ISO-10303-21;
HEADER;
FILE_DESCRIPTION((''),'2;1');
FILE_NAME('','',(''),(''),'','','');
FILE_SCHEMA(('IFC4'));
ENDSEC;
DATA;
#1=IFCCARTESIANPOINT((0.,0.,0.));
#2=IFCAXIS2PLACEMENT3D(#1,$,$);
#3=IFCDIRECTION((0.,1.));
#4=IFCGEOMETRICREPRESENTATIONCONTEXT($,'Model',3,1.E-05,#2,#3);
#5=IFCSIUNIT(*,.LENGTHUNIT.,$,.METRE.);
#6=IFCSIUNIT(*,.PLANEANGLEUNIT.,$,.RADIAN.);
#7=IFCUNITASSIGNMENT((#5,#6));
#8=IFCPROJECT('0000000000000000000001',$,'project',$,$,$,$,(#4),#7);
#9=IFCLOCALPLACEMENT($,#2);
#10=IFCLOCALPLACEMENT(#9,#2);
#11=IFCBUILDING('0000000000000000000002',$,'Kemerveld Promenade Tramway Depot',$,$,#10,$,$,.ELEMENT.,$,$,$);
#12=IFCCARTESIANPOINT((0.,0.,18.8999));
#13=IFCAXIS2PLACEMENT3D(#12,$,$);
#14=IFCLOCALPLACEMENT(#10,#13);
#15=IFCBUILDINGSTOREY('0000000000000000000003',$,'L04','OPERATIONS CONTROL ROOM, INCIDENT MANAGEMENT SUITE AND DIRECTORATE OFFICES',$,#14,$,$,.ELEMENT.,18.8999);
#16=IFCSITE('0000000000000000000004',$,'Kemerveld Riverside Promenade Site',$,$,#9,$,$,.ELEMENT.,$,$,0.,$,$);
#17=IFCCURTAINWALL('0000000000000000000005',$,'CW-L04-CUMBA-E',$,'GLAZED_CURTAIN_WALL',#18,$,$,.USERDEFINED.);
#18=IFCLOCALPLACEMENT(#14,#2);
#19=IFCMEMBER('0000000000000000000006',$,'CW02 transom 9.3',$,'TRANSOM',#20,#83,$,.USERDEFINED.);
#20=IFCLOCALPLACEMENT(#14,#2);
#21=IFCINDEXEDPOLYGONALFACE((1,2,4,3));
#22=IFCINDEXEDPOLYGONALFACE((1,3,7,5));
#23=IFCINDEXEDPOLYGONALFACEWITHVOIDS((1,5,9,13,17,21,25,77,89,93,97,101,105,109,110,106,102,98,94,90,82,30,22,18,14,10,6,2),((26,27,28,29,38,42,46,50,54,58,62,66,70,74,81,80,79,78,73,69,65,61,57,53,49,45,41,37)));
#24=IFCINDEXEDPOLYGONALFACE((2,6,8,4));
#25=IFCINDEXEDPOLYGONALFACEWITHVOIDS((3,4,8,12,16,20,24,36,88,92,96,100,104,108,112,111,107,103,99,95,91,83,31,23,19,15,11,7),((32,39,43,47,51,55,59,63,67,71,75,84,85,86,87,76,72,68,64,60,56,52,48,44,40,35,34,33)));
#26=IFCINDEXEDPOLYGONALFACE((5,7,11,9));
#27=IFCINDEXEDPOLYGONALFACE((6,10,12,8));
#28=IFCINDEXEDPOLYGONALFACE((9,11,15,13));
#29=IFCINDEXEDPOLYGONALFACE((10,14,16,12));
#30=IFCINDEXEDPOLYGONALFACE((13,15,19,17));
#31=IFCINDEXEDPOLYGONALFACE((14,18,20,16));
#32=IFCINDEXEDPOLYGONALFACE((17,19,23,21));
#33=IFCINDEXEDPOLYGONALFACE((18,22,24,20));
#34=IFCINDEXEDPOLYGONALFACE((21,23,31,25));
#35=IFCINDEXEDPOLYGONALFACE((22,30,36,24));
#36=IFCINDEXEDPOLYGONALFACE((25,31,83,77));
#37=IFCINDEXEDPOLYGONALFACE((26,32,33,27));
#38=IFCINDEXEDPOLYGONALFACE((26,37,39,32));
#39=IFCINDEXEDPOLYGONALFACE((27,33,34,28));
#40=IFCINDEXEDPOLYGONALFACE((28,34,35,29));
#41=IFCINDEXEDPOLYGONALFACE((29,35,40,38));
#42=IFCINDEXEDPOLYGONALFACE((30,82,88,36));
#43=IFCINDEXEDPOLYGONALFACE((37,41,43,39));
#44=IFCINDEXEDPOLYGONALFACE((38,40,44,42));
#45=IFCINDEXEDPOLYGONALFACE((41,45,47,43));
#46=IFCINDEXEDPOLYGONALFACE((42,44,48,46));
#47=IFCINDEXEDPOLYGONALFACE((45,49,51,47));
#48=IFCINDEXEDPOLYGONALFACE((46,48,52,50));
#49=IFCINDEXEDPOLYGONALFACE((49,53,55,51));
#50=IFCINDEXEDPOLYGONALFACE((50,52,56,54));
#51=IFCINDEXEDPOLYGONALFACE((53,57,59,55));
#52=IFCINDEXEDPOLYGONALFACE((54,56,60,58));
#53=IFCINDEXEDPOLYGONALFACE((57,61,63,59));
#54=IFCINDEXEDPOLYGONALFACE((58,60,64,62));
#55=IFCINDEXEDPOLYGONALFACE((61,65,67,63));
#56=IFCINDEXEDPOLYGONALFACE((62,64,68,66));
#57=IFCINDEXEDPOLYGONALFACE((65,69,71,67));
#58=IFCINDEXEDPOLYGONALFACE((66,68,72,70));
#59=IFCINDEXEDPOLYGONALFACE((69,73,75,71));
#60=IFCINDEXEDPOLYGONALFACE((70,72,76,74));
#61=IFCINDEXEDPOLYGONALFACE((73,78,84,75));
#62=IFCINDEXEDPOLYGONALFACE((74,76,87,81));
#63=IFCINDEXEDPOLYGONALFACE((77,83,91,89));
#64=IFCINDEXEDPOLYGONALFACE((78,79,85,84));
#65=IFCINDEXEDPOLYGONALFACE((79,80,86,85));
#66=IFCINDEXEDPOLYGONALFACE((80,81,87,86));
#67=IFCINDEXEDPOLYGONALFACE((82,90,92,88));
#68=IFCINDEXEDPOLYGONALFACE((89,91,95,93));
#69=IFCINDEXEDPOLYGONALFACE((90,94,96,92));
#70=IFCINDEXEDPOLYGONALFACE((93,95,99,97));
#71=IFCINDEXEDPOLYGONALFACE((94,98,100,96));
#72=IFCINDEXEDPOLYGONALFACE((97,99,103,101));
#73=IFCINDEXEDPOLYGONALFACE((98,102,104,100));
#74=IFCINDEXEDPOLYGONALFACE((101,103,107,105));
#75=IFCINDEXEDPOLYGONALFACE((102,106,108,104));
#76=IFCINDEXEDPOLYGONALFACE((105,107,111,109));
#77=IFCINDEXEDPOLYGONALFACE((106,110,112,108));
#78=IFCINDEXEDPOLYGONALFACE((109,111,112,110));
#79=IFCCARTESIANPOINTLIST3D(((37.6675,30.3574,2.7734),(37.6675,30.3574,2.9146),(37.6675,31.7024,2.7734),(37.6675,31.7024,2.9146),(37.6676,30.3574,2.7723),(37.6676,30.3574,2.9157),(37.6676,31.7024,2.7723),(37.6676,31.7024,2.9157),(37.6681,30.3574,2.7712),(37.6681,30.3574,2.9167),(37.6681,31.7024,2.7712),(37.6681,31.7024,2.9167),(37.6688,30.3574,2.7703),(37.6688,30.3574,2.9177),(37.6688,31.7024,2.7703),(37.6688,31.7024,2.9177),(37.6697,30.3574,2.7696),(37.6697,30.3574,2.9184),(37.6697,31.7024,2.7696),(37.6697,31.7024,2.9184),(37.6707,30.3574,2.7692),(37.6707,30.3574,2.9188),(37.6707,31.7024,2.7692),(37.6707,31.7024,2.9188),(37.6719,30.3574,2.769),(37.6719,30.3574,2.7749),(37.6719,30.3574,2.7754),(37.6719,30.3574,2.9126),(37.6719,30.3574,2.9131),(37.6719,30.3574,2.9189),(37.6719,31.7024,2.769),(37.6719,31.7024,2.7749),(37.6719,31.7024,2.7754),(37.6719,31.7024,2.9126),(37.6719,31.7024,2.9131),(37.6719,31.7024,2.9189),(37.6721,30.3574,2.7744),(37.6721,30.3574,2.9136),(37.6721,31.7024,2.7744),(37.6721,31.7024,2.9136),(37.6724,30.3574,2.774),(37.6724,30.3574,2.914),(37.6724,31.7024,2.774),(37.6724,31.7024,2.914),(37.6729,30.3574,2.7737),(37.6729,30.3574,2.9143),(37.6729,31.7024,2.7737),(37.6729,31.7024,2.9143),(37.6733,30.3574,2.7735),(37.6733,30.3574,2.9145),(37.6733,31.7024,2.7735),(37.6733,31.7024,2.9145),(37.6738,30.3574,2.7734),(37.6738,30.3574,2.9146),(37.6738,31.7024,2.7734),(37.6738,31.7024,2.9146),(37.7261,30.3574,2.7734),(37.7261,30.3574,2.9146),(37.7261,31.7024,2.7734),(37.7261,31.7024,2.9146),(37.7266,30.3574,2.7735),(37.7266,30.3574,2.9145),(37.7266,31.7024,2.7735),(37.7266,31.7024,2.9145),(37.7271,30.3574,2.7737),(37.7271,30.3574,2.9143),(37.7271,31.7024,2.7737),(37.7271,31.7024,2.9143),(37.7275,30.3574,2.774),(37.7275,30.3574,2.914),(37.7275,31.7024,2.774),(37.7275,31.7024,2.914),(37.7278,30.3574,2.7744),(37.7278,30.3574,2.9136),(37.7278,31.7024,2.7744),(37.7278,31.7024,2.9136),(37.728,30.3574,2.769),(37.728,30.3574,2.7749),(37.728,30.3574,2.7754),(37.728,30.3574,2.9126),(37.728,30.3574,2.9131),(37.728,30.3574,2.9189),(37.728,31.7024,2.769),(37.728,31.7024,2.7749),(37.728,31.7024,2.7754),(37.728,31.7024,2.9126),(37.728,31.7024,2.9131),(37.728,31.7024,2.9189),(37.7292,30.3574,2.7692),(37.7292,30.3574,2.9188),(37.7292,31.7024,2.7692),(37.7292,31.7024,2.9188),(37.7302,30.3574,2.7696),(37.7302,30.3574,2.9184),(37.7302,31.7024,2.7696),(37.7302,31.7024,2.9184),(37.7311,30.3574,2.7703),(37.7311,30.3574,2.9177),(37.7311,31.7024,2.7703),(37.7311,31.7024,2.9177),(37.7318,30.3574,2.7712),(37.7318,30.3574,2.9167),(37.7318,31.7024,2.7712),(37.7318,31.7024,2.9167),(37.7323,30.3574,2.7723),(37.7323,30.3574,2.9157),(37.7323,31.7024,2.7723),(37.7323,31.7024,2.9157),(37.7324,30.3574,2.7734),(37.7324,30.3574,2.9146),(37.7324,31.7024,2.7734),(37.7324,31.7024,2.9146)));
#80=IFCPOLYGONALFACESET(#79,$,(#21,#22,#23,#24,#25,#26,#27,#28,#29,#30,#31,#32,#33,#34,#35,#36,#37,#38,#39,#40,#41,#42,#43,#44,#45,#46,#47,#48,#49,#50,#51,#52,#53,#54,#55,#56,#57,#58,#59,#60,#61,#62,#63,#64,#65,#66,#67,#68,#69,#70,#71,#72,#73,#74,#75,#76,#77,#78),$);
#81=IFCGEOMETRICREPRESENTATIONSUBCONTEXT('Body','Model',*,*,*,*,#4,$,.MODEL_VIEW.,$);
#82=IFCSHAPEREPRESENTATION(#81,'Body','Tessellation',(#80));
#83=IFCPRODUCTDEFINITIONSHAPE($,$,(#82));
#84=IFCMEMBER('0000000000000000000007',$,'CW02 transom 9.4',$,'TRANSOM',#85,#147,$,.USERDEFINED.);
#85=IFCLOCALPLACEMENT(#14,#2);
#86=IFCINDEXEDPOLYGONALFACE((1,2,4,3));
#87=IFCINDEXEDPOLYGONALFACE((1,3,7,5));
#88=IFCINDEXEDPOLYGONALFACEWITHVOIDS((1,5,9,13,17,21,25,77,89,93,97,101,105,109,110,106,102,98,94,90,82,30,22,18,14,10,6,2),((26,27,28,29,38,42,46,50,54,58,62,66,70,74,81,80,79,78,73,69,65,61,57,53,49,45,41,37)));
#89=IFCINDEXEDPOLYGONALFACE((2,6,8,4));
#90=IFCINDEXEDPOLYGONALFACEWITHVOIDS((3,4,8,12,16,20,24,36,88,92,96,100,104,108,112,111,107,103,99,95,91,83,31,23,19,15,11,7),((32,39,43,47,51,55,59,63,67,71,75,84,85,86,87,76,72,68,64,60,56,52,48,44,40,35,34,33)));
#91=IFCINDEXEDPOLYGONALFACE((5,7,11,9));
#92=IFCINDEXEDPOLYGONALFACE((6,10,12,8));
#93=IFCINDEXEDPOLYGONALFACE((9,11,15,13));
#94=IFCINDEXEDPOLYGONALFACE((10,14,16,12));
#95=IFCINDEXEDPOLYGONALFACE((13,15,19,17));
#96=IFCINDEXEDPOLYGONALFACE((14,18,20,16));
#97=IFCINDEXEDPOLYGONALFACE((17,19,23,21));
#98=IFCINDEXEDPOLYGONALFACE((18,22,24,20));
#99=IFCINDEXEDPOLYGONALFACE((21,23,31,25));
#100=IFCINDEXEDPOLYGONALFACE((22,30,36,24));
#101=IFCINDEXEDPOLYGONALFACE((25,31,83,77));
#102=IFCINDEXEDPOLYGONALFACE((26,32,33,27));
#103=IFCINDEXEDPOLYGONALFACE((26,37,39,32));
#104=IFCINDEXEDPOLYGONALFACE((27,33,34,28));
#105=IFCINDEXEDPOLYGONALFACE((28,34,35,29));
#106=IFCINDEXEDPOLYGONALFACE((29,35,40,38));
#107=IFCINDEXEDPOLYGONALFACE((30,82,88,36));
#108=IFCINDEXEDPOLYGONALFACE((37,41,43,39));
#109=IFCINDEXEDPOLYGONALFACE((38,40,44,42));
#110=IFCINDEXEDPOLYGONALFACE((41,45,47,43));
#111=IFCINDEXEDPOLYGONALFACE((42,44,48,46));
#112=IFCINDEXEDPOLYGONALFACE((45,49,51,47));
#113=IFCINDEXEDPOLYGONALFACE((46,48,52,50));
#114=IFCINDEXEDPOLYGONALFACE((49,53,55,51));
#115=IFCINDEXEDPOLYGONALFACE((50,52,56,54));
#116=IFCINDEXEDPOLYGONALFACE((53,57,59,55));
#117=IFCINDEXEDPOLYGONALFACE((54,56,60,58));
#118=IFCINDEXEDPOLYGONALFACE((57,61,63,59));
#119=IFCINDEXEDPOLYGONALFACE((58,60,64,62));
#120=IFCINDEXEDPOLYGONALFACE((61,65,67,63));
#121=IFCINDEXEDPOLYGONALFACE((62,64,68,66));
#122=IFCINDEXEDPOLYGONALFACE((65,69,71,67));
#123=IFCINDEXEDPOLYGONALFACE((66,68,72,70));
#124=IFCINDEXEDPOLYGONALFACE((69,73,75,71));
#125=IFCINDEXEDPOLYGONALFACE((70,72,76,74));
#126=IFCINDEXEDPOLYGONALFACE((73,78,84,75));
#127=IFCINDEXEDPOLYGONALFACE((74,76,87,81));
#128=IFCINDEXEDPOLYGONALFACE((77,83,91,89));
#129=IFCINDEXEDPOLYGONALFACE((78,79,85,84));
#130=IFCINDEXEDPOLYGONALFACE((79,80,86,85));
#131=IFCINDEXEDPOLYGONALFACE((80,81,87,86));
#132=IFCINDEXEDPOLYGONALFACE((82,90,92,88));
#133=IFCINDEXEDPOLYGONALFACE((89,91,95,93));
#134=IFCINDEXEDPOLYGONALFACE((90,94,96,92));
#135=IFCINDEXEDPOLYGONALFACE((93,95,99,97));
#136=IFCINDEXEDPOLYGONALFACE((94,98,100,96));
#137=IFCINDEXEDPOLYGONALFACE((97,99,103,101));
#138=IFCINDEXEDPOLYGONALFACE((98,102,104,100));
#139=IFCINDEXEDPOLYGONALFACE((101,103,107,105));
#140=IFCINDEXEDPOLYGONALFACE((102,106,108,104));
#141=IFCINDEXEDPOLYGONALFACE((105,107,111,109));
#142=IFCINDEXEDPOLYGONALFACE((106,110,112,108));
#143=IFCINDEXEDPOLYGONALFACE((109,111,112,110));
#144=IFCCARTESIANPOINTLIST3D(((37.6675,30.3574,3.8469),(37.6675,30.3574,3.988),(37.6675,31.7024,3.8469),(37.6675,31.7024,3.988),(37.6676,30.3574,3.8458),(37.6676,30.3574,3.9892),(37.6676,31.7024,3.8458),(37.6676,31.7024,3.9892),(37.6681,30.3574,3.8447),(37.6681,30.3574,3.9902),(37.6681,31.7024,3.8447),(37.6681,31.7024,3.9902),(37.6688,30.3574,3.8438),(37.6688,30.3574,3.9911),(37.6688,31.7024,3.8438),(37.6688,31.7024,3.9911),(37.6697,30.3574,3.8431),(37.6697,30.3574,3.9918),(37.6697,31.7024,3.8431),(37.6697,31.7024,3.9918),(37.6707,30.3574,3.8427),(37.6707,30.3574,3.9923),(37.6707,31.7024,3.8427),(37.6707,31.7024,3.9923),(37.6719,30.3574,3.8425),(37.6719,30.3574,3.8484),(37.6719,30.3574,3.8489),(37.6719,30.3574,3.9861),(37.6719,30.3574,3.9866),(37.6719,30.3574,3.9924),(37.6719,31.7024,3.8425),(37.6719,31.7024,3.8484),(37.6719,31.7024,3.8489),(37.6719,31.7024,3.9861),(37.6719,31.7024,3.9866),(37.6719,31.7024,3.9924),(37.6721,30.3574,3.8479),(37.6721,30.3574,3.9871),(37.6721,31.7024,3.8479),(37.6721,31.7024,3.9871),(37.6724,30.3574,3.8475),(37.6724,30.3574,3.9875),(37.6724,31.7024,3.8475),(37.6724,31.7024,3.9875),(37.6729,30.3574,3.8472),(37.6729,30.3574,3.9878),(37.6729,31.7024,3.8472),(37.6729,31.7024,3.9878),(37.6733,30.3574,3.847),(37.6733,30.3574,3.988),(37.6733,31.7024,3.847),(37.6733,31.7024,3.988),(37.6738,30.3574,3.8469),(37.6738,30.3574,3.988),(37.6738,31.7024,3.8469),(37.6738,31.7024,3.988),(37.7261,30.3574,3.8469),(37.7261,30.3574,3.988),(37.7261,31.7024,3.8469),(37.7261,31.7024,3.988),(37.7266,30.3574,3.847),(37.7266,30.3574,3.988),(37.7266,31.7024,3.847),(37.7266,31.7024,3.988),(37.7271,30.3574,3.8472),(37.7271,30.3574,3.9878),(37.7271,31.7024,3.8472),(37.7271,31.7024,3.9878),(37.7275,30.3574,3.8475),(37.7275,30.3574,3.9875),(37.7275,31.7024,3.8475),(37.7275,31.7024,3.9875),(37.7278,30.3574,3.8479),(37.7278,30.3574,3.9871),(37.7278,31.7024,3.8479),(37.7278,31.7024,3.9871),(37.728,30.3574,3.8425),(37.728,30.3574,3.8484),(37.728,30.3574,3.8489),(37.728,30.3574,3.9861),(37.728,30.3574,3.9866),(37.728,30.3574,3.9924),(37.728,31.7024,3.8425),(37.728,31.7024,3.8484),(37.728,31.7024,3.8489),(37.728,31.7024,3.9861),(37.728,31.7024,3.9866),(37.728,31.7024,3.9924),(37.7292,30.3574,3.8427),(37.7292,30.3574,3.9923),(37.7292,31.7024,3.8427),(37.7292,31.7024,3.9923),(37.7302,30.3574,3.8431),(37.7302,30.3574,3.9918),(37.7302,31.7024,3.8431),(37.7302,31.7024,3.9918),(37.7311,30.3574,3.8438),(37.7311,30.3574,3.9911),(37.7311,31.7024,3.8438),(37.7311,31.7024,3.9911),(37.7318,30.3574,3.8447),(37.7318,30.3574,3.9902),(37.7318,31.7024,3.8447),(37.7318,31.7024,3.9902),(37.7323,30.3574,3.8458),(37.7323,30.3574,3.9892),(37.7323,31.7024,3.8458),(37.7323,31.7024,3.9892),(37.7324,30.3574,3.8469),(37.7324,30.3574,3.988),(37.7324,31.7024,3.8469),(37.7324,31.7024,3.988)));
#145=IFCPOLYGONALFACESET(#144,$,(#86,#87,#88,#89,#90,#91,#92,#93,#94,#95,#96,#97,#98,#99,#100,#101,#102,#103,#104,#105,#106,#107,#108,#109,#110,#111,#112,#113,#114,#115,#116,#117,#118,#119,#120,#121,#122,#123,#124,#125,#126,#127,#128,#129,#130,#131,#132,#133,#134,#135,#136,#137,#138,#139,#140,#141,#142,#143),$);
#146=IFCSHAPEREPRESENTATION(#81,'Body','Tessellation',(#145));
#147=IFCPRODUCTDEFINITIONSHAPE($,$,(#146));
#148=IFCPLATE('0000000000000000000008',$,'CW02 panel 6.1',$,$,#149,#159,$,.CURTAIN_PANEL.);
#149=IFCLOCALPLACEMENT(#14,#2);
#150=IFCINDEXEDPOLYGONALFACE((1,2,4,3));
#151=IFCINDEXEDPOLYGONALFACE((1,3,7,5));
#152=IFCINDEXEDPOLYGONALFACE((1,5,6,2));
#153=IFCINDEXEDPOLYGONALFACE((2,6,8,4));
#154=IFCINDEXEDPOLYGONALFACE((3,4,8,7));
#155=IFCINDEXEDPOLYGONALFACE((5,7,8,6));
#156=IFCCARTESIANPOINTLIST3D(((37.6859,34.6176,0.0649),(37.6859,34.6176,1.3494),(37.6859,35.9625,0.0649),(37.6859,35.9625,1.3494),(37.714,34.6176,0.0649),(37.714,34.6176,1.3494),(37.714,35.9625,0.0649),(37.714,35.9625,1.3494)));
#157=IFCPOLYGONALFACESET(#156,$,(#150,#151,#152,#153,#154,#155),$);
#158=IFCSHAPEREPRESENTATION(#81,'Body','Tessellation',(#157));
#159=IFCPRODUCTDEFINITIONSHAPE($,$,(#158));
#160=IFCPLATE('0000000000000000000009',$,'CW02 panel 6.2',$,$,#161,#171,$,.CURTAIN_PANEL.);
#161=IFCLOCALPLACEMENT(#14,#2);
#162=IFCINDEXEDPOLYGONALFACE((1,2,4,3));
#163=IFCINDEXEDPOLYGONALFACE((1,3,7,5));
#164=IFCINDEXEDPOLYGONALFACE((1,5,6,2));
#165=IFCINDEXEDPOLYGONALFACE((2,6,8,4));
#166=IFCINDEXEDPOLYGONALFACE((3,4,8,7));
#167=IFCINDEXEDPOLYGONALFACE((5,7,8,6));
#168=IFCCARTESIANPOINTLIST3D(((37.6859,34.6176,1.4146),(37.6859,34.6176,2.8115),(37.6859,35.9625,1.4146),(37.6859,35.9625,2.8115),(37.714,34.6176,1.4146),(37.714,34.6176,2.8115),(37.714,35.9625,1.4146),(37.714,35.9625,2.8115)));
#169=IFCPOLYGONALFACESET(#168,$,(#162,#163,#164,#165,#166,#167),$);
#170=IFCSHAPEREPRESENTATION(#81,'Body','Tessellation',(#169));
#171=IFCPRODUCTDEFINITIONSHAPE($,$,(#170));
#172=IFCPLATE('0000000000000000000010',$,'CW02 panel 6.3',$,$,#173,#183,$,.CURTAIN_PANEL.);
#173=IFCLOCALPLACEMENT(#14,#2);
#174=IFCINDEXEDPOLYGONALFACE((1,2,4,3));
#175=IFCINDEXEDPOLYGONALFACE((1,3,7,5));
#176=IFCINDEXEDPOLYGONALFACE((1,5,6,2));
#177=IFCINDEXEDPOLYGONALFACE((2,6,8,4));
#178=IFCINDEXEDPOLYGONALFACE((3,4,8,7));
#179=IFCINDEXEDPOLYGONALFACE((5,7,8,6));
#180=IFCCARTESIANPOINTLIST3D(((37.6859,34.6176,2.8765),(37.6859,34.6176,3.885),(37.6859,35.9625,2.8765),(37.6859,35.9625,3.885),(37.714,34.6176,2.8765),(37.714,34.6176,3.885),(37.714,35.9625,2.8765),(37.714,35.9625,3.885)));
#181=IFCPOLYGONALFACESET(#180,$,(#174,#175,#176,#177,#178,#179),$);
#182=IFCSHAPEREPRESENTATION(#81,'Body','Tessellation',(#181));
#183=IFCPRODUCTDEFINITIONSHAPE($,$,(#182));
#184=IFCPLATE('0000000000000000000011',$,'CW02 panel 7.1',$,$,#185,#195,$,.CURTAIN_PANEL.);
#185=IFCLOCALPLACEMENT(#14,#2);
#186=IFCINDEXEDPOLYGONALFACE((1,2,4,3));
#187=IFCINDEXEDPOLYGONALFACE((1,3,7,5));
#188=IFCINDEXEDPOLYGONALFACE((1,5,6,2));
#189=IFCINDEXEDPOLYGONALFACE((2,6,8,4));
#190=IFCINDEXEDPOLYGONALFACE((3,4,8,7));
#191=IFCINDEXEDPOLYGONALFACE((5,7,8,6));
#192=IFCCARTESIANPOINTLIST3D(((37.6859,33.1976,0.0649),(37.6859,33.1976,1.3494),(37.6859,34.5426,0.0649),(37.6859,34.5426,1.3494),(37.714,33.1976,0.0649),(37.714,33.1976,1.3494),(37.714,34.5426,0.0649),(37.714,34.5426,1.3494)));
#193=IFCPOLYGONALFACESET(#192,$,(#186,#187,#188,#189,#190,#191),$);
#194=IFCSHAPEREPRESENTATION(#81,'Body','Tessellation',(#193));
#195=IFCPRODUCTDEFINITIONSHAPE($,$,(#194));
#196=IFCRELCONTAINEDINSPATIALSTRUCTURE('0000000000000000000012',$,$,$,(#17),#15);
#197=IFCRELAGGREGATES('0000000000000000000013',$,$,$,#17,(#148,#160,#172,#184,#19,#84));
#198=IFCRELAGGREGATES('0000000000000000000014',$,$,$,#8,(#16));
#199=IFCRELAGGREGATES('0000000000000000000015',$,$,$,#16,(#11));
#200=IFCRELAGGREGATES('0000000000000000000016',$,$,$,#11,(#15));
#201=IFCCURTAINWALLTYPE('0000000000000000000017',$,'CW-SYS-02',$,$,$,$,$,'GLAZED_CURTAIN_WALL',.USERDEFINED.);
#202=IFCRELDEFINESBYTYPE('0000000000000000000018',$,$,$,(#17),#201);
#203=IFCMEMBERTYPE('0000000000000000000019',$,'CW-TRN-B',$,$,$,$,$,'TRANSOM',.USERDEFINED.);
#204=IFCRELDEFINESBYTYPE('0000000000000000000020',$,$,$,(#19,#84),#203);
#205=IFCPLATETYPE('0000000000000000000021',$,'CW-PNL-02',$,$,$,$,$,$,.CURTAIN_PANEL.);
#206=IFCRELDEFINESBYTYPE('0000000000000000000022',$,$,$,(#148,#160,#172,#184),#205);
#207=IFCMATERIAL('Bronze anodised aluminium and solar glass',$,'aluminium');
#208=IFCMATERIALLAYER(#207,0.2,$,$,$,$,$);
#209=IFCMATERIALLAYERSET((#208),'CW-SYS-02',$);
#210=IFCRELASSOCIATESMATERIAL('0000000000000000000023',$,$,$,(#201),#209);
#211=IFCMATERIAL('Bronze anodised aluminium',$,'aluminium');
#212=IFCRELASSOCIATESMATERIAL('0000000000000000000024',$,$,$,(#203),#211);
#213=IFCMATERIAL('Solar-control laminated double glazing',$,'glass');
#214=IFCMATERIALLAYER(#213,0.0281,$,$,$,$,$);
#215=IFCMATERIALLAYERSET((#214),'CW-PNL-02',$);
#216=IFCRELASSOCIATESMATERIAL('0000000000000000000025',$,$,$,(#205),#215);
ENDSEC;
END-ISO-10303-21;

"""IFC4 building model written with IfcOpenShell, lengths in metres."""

from ifc_helpers import new_model, si_unit, direction, frame, origin, origin_2d, place, context, subcontext, project, spatial, rectangle, hollow_rectangle, extrude, material, layer, layer_set, material_profile, profile_set, type_object, element, aggregate, save


model = new_model("IFC4")

# Units and contexts
model_context = context("Model", 3, precision=1e-05, world=origin(), true_north=direction((0.0, 1.0)))
body_context = subcontext(model_context, "Body", "Model", "MODEL_VIEW")
ifc_project = project(units=[si_unit("LENGTHUNIT", "METRE"), si_unit("PLANEANGLEUNIT", "RADIAN")], contexts=[model_context])

# Site, building, storey
site_placement = place(None, origin())
site = spatial("IfcSite", under=ifc_project, at=site_placement, Name="Kemerveld Riverside Promenade Site", CompositionType="ELEMENT", RefElevation=0.0)
building_placement = place(site_placement, origin())
building = spatial("IfcBuilding", under=site, at=building_placement, Name="Kemerveld Promenade Tramway Depot", CompositionType="ELEMENT")
storey_placement = place(building_placement, frame((0.0, 0.0, 18.8999)))
storey = spatial("IfcBuildingStorey", under=building, at=storey_placement, Name="L04", Description="OPERATIONS CONTROL ROOM, INCIDENT MANAGEMENT SUITE AND DIRECTORATE OFFICES", CompositionType="ELEMENT", Elevation=18.8999)

# Curtain wall, members, plates
ifc_material_1 = material(Name="Bronze anodised aluminium and solar glass", Category="aluminium")
ifc_layer_1 = layer(ifc_material_1, 0.2)
ifc_layer_set_1 = layer_set([ifc_layer_1], Name="CW-SYS-02")
curtain_wall_type = type_object("IfcCurtainWallType", Name="CW-SYS-02", ElementType="GLAZED_CURTAIN_WALL", PredefinedType="USERDEFINED", material=ifc_layer_set_1)
curtain_wall_placement = place(storey_placement, origin())
curtain_wall = element("IfcCurtainWall", 1, at=curtain_wall_placement, inside=storey, type_object=curtain_wall_type, Name="CW-L04-CUMBA-E", ObjectType="GLAZED_CURTAIN_WALL", PredefinedType="USERDEFINED")
ifc_material_2 = material(Name="Bronze anodised aluminium", Category="aluminium")
ifc_material_profile_1 = material_profile(ifc_material_2, hollow_rectangle(XDim=0.0649, YDim=0.1499, WallThickness=0.0044, InnerFilletRadius=0.002, OuterFilletRadius=0.0044, at=origin_2d()), Name="CW-TRN-150x65")
ifc_profile_set_1 = profile_set([ifc_material_profile_1], Name="Bronze anodised aluminium")
member_type_1 = type_object("IfcMemberType", Name="CW-TRN-B", ElementType="TRANSOM", PredefinedType="USERDEFINED", material=ifc_profile_set_1)
member_1_placement = place(storey_placement, frame((37.7, 31.7024, 2.844), z_axis=(0.0, -1.0, 0.0), x_axis=(1.0, 0.0, 0.0)))
member_1 = element("IfcMember", 2, at=member_1_placement, type_object=member_type_1, Name="CW02 transom 9.3", ObjectType="TRANSOM", PredefinedType="USERDEFINED", context=body_context, shape_type="SweptSolid", body=[
    extrude(hollow_rectangle(XDim=0.0649, YDim=0.1499, WallThickness=0.0044, InnerFilletRadius=0.002, OuterFilletRadius=0.0044, at=origin_2d()), origin(), (0.0, 0.0, 1.0), 1.345),
])
member_2_placement = place(storey_placement, frame((37.7, 31.7024, 3.9175), z_axis=(0.0, -1.0, 0.0), x_axis=(1.0, 0.0, 0.0)))
member_2 = element("IfcMember", 3, at=member_2_placement, type_object=member_type_1, Name="CW02 transom 9.4", ObjectType="TRANSOM", PredefinedType="USERDEFINED", context=body_context, shape_type="SweptSolid", body=[
    extrude(hollow_rectangle(XDim=0.0649, YDim=0.1499, WallThickness=0.0044, InnerFilletRadius=0.002, OuterFilletRadius=0.0044, at=origin_2d()), origin(), (0.0, 0.0, 1.0), 1.345),
])
ifc_material_3 = material(Name="Solar-control laminated double glazing", Category="glass")
ifc_layer_2 = layer(ifc_material_3, 0.0281)
ifc_layer_set_2 = layer_set([ifc_layer_2], Name="CW-PNL-02")
plate_type = type_object("IfcPlateType", Name="CW-PNL-02", PredefinedType="CURTAIN_PANEL", material=ifc_layer_set_2)
plate_1_placement = place(storey_placement, frame((37.7, 35.29, 0.0649), z_axis=(0.0, 0.0, 1.0), x_axis=(0.0, -1.0, 0.0)))
plate_1 = element("IfcPlate", 4, at=plate_1_placement, type_object=plate_type, Name="CW02 panel 6.1", PredefinedType="CURTAIN_PANEL", context=body_context, shape_type="SweptSolid", body=[
    extrude(rectangle(XDim=1.345, YDim=0.0281, at=origin_2d()), origin(), (0.0, 0.0, 1.0), 1.2844),
])
plate_2_placement = place(storey_placement, frame((37.7, 35.29, 1.4146), z_axis=(0.0, 0.0, 1.0), x_axis=(0.0, -1.0, 0.0)))
plate_2 = element("IfcPlate", 5, at=plate_2_placement, type_object=plate_type, Name="CW02 panel 6.2", PredefinedType="CURTAIN_PANEL", context=body_context, shape_type="SweptSolid", body=[
    extrude(rectangle(XDim=1.345, YDim=0.0281, at=origin_2d()), origin(), (0.0, 0.0, 1.0), 1.397),
])
plate_3_placement = place(storey_placement, frame((37.7, 35.29, 2.8765), z_axis=(0.0, 0.0, 1.0), x_axis=(0.0, -1.0, 0.0)))
plate_3 = element("IfcPlate", 6, at=plate_3_placement, type_object=plate_type, Name="CW02 panel 6.3", PredefinedType="CURTAIN_PANEL", context=body_context, shape_type="SweptSolid", body=[
    extrude(rectangle(XDim=1.345, YDim=0.0281, at=origin_2d()), origin(), (0.0, 0.0, 1.0), 1.0085),
])
plate_4_placement = place(storey_placement, frame((37.7, 33.8701, 0.0649), z_axis=(0.0, 0.0, 1.0), x_axis=(0.0, -1.0, 0.0)))
plate_4 = element("IfcPlate", 7, at=plate_4_placement, type_object=plate_type, Name="CW02 panel 7.1", PredefinedType="CURTAIN_PANEL", context=body_context, shape_type="SweptSolid", body=[
    extrude(rectangle(XDim=1.345, YDim=0.0281, at=origin_2d()), origin(), (0.0, 0.0, 1.0), 1.2844),
])
aggregate(curtain_wall, [plate_1, plate_2, plate_3, plate_4, member_1, member_2])

save(model, "model.ifc")
